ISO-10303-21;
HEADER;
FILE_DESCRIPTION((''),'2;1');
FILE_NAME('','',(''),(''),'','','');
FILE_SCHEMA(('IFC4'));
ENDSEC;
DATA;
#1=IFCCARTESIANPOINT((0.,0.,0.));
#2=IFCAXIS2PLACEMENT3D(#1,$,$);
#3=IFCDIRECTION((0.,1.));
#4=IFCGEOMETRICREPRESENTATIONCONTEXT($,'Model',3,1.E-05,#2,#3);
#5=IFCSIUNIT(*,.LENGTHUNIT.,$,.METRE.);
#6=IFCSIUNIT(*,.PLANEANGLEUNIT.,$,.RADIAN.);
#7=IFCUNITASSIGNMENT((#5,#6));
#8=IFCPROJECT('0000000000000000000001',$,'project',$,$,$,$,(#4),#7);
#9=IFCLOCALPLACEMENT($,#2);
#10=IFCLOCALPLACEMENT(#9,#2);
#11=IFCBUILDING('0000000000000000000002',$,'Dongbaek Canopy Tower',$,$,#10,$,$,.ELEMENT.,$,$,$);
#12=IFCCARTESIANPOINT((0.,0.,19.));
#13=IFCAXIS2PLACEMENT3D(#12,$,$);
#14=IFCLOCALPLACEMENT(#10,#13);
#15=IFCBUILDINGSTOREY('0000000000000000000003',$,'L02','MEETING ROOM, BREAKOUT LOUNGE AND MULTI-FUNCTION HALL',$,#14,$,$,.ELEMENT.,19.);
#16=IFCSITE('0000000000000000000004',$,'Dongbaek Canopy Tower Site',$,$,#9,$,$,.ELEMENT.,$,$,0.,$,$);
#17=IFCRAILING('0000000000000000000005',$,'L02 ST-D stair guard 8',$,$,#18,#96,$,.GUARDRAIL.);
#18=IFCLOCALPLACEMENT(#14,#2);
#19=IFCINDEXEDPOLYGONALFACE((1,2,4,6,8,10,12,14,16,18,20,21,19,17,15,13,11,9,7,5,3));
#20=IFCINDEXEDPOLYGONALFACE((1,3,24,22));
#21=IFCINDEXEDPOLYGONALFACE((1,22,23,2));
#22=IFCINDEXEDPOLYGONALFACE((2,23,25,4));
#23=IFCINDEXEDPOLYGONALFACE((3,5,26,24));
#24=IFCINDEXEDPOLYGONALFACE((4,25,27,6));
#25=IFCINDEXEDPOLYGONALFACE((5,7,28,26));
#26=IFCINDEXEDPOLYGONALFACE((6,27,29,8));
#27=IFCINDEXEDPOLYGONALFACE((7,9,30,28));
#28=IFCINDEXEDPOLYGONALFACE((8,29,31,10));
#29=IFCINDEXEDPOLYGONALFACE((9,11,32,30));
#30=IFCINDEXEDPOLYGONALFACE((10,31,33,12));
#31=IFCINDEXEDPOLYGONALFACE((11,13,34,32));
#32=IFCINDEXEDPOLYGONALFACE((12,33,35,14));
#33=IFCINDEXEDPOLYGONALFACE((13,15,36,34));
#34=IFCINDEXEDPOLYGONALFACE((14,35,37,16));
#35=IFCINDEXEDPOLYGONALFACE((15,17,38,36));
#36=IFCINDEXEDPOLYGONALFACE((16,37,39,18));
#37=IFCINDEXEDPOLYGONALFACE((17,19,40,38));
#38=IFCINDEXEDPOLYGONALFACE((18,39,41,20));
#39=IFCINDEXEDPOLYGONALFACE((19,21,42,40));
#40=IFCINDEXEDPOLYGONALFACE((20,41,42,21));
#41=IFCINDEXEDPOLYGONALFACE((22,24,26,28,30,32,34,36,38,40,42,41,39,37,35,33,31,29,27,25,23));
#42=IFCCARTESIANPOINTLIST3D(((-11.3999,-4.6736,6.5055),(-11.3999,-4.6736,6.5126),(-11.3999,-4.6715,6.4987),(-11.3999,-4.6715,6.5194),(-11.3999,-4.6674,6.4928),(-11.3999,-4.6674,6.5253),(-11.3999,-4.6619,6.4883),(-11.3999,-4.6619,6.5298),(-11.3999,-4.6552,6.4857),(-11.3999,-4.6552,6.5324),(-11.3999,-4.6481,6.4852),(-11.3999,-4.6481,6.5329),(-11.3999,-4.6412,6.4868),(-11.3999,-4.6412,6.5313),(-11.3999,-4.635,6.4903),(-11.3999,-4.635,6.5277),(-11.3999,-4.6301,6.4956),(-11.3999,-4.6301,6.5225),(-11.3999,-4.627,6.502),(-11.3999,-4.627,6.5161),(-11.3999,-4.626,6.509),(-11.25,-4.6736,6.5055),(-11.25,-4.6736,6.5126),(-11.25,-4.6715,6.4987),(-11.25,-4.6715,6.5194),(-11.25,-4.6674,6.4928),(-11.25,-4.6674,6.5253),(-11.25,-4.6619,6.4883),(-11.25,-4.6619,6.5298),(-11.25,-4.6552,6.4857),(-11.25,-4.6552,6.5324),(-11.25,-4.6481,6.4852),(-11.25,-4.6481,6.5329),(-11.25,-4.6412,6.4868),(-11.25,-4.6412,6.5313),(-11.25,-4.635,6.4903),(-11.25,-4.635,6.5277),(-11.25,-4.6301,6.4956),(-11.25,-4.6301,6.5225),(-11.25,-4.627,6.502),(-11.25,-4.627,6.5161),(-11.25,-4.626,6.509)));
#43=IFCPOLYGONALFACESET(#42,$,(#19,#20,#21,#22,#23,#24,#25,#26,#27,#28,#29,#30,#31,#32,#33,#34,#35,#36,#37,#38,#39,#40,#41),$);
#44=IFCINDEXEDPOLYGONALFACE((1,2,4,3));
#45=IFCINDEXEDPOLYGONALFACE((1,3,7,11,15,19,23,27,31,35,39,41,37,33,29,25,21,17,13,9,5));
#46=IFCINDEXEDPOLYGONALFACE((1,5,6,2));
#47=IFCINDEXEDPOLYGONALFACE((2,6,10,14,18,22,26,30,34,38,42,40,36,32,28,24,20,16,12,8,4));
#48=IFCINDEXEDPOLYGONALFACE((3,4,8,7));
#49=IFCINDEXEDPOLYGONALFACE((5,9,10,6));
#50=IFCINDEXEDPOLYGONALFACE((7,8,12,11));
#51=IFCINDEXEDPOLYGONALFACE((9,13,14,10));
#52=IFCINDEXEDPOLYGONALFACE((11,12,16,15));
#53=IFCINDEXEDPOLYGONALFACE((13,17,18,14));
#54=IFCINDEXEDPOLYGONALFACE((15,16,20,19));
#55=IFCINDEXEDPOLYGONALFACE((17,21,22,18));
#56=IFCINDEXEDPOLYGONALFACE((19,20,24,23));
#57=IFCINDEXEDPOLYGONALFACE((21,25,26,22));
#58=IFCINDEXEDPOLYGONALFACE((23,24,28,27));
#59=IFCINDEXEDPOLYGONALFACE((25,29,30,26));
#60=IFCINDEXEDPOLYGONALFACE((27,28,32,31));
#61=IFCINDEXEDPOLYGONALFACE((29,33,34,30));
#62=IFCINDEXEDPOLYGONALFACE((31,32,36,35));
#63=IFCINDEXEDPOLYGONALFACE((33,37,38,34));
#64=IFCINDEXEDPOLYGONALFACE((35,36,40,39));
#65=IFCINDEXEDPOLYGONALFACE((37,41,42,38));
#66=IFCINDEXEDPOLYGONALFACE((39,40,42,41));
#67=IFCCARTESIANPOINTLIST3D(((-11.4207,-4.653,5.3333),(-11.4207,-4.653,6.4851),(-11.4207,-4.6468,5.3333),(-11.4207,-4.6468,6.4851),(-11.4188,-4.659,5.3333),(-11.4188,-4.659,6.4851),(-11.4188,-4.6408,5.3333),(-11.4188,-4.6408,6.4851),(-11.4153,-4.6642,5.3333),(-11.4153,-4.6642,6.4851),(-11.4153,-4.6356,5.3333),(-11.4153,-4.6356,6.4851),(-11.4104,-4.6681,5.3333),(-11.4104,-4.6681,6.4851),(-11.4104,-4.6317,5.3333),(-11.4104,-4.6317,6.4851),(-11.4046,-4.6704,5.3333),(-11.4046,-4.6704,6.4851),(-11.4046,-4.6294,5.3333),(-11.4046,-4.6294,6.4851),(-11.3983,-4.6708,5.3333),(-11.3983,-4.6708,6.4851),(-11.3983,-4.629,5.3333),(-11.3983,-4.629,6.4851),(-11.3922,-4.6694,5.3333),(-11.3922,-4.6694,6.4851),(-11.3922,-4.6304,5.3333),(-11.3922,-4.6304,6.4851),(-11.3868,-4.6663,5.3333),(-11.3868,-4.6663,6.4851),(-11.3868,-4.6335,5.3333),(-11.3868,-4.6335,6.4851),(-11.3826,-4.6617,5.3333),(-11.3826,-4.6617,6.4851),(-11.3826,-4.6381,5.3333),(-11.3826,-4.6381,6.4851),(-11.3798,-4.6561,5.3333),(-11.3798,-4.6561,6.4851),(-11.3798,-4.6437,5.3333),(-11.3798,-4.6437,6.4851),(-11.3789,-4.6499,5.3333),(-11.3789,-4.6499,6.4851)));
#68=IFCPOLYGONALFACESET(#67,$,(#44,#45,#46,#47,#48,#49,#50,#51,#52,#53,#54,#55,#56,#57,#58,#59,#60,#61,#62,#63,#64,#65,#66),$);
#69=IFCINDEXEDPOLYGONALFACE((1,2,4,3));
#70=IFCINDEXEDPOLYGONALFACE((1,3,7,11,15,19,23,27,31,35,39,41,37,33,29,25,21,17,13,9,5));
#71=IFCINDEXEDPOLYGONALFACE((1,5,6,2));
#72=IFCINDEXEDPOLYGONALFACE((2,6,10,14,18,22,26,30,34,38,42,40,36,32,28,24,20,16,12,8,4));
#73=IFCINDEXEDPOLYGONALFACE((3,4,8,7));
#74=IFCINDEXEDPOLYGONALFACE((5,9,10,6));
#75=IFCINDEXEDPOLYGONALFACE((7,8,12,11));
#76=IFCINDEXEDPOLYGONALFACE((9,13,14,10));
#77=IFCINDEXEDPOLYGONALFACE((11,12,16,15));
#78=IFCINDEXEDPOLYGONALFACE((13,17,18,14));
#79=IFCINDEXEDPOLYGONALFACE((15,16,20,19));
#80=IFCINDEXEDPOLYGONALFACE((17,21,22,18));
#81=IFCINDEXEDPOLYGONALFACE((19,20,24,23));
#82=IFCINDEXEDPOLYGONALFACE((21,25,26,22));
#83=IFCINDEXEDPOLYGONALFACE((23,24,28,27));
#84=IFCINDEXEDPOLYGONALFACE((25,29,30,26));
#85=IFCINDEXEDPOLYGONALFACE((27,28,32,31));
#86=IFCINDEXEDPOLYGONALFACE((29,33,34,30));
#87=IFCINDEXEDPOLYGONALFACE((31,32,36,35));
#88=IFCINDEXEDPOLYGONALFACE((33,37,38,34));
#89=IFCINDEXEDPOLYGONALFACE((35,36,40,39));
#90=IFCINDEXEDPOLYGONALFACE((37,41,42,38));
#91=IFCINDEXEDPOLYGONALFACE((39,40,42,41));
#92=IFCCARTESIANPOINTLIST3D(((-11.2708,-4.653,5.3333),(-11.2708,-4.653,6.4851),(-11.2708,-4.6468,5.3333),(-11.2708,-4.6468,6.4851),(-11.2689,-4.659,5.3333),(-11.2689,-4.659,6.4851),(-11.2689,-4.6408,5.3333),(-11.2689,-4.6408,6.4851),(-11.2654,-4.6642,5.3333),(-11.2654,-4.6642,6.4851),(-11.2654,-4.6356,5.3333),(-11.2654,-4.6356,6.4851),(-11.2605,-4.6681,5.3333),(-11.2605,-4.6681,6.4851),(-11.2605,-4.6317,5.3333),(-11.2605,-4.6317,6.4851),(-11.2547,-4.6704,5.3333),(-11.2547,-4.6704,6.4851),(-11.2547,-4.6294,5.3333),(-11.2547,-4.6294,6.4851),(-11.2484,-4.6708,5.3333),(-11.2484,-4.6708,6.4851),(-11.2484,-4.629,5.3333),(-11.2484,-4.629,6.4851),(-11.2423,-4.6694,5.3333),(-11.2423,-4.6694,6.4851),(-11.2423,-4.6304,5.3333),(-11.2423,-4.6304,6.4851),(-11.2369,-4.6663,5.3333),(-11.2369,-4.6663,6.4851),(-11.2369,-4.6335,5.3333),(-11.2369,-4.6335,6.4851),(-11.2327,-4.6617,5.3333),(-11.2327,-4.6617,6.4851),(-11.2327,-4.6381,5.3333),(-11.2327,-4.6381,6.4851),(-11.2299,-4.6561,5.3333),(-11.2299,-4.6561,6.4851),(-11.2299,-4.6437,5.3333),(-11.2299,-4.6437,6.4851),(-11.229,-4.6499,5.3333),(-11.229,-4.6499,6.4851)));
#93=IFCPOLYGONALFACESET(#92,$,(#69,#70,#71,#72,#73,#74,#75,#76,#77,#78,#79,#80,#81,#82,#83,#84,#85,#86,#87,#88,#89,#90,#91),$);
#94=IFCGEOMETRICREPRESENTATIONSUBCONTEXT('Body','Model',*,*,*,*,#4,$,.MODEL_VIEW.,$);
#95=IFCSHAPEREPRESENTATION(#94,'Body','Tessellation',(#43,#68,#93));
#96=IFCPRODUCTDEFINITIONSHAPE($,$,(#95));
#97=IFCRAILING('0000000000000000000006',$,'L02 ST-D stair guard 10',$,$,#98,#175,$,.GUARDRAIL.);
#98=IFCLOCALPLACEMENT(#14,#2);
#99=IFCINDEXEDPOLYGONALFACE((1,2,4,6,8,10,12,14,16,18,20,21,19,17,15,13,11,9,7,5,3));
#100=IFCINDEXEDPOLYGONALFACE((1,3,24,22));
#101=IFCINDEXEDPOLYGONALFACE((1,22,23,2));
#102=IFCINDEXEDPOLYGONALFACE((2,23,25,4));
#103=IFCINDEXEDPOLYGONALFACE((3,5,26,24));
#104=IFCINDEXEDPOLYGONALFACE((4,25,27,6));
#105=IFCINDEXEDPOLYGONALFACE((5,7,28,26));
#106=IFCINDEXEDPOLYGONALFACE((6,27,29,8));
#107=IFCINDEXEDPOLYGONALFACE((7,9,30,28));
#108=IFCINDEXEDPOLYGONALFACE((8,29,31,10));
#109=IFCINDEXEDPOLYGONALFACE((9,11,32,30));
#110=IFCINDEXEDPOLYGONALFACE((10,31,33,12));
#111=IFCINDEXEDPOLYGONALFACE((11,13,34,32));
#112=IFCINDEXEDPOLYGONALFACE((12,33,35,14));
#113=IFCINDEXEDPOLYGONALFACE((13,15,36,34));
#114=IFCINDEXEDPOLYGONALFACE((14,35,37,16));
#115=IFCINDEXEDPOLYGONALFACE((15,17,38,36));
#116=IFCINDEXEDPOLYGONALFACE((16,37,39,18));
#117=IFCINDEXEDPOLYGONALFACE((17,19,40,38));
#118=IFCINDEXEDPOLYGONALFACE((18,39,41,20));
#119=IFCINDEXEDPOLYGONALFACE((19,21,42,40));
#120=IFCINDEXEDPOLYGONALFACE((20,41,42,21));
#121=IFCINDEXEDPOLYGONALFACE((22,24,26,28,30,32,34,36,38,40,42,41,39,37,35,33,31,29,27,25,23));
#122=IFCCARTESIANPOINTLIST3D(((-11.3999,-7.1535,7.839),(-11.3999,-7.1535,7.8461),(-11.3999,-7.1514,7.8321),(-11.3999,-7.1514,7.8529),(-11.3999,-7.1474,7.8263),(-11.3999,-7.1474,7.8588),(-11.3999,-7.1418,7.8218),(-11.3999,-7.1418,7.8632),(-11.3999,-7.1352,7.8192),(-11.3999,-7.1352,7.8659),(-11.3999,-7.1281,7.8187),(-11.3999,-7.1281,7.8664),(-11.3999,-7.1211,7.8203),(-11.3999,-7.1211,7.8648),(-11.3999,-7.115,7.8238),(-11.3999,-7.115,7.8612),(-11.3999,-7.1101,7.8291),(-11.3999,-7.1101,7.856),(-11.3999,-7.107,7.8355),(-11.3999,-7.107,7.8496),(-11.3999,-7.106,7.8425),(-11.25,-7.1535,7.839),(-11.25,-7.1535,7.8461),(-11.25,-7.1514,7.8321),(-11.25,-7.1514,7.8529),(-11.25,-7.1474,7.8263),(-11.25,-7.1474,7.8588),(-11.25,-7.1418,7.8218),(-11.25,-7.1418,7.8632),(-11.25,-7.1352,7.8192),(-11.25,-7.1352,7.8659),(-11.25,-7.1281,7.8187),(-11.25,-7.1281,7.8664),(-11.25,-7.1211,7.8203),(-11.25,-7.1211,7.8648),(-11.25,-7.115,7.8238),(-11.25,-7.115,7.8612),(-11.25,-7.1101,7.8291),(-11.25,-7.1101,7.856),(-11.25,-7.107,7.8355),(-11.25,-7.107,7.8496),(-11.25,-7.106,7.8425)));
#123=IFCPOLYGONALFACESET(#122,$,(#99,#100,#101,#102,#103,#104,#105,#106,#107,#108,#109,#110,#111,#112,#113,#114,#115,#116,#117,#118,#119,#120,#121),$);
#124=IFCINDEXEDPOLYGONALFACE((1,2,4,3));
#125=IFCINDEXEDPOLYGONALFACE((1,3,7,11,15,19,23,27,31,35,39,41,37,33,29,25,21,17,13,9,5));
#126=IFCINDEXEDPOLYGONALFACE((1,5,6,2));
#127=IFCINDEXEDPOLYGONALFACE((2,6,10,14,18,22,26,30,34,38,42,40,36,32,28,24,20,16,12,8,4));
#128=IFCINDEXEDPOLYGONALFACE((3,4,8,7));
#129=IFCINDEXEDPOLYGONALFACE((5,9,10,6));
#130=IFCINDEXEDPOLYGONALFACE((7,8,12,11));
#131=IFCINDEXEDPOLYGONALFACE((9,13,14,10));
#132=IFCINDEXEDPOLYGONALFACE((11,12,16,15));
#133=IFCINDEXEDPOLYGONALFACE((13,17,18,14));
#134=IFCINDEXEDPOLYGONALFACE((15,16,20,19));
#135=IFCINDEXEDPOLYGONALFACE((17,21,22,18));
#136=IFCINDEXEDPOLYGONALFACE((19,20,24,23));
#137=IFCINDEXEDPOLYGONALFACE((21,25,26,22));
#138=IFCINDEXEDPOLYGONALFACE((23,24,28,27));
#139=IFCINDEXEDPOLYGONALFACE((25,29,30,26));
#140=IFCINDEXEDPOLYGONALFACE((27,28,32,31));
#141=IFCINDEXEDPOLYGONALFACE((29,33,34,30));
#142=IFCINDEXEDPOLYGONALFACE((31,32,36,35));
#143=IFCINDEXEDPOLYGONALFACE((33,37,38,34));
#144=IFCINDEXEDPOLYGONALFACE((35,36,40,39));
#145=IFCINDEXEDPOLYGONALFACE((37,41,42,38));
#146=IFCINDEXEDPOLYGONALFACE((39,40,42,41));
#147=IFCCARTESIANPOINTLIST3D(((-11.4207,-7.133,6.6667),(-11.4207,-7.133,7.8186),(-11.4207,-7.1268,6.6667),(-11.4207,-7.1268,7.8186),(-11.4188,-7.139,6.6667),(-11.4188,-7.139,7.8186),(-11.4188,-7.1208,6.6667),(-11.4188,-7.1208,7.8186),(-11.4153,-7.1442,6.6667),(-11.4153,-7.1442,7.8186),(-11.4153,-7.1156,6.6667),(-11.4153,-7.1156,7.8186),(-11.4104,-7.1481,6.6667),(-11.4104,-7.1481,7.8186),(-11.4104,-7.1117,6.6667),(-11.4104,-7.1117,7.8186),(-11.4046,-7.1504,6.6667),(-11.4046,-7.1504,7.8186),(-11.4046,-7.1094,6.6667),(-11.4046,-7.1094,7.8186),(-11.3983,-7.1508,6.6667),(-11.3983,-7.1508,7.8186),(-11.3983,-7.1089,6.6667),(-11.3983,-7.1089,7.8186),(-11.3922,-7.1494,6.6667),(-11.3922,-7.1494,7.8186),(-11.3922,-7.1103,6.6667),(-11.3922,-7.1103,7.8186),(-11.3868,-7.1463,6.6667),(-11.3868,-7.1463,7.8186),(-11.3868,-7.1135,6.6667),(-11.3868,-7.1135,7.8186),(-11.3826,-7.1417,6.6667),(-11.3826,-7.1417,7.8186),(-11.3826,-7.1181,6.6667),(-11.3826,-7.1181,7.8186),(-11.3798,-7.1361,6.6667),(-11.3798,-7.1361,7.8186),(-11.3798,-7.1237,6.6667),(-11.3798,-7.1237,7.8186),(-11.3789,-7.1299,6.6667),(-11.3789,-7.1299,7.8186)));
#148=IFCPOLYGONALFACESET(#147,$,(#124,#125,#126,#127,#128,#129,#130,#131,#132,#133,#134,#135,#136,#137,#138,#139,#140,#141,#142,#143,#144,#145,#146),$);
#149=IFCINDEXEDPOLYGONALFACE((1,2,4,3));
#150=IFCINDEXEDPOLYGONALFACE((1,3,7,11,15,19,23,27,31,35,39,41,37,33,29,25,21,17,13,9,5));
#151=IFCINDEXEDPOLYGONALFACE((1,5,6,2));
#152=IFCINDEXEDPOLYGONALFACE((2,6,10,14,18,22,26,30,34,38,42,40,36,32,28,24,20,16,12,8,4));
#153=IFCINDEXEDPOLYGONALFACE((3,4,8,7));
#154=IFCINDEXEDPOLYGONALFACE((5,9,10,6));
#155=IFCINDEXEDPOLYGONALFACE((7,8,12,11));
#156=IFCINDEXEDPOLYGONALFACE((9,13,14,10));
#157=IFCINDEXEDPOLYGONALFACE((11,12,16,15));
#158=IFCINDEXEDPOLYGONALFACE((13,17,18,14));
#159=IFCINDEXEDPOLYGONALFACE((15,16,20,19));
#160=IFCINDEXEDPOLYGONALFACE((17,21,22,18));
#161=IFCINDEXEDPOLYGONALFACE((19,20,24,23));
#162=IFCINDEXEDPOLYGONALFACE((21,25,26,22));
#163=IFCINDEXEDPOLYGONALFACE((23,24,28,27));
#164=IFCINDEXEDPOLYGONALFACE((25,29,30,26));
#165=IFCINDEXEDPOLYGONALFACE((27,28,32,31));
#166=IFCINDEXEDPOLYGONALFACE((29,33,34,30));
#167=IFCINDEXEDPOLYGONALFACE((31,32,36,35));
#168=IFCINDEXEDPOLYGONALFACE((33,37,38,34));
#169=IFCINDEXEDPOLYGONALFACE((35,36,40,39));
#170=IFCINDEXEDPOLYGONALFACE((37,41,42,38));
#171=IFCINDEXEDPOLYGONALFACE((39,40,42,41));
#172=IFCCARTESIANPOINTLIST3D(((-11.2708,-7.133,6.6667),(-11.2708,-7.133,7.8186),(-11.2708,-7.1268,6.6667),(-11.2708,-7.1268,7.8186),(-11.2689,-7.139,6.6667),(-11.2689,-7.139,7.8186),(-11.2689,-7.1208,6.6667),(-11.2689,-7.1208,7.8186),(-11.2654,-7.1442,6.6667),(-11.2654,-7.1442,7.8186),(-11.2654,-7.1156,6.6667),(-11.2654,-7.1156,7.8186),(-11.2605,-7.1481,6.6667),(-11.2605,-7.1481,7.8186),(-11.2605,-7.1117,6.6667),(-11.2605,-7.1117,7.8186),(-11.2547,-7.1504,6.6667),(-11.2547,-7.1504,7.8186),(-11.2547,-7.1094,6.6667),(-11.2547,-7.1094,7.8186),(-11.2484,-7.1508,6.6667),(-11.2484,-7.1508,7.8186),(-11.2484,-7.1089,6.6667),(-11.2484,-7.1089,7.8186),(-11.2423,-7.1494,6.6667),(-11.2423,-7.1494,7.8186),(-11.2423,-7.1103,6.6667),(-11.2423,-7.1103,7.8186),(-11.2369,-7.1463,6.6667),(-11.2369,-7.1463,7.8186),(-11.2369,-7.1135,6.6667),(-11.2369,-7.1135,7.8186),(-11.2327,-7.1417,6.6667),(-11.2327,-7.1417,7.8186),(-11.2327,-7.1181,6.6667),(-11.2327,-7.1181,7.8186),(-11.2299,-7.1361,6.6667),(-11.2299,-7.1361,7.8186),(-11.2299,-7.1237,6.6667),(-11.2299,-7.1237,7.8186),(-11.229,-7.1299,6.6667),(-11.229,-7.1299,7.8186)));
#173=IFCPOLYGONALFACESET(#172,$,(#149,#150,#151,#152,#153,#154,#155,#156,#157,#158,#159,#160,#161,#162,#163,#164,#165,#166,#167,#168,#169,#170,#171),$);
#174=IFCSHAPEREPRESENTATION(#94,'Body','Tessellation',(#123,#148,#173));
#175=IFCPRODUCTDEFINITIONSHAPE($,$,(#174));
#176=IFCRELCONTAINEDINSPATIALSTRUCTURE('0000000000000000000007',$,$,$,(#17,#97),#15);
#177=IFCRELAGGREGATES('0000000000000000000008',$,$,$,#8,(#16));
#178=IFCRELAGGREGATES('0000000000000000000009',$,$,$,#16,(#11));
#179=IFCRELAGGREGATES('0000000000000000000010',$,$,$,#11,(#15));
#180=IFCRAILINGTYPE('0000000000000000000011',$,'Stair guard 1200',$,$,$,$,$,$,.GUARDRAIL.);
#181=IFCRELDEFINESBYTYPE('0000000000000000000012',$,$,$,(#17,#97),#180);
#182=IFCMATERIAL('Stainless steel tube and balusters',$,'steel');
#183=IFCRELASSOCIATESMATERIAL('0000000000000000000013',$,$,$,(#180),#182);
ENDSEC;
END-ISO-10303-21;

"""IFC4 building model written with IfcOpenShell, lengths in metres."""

from ifc_helpers import new_model, si_unit, direction, frame, origin, origin_2d, place, context, subcontext, project, spatial, circle, extrude, material, type_object, element, save


model = new_model("IFC4")

# Units and contexts
model_context = context("Model", 3, precision=1e-05, world=origin(), true_north=direction((0.0, 1.0)))
body_context = subcontext(model_context, "Body", "Model", "MODEL_VIEW")
ifc_project = project(units=[si_unit("LENGTHUNIT", "METRE"), si_unit("PLANEANGLEUNIT", "RADIAN")], contexts=[model_context])

# Site, building, storey
site_placement = place(None, origin())
site = spatial("IfcSite", under=ifc_project, at=site_placement, Name="Dongbaek Canopy Tower Site", CompositionType="ELEMENT", RefElevation=0.0)
building_placement = place(site_placement, origin())
building = spatial("IfcBuilding", under=site, at=building_placement, Name="Dongbaek Canopy Tower", CompositionType="ELEMENT")
storey_placement = place(building_placement, frame((0.0, 0.0, 19.0)))
storey = spatial("IfcBuildingStorey", under=building, at=storey_placement, Name="L02", Description="MEETING ROOM, BREAKOUT LOUNGE AND MULTI-FUNCTION HALL", CompositionType="ELEMENT", Elevation=19.0)

# Railings
ifc_material_1 = material(Name="Stainless steel tube and balusters", Category="steel")
railing_type_1 = type_object("IfcRailingType", Name="Stair guard 1200", PredefinedType="GUARDRAIL", material=ifc_material_1)
for number, where, name in (
    (1, (-11.3999, -4.6499, 5.3333), "L02 ST-D stair guard 8"),
    (2, (-11.3999, -7.1299, 6.6667), "L02 ST-D stair guard 10"),
):
    element("IfcRailing", number, at=place(storey_placement, frame(where)), inside=storey, type_object=railing_type_1, Name=name, PredefinedType="GUARDRAIL", context=body_context, shape_type="SweptSolid", body=[
        extrude(circle(Radius=0.0239, at=origin_2d()), frame((0.0, 0.0, 1.1758), z_axis=(1.0, 0.0, 0.0), x_axis=(0.0, 1.0, 0.0)), (0.0, 0.0, 1.0), 0.1499),
        extrude(circle(Radius=0.021, at=origin_2d()), origin(), (0.0, 0.0, 1.0), 1.1519),
        extrude(circle(Radius=0.021, at=origin_2d()), frame((0.1499, 0.0, 0.0)), (0.0, 0.0, 1.0), 1.1519),
    ])

save(model, "model.ifc")
